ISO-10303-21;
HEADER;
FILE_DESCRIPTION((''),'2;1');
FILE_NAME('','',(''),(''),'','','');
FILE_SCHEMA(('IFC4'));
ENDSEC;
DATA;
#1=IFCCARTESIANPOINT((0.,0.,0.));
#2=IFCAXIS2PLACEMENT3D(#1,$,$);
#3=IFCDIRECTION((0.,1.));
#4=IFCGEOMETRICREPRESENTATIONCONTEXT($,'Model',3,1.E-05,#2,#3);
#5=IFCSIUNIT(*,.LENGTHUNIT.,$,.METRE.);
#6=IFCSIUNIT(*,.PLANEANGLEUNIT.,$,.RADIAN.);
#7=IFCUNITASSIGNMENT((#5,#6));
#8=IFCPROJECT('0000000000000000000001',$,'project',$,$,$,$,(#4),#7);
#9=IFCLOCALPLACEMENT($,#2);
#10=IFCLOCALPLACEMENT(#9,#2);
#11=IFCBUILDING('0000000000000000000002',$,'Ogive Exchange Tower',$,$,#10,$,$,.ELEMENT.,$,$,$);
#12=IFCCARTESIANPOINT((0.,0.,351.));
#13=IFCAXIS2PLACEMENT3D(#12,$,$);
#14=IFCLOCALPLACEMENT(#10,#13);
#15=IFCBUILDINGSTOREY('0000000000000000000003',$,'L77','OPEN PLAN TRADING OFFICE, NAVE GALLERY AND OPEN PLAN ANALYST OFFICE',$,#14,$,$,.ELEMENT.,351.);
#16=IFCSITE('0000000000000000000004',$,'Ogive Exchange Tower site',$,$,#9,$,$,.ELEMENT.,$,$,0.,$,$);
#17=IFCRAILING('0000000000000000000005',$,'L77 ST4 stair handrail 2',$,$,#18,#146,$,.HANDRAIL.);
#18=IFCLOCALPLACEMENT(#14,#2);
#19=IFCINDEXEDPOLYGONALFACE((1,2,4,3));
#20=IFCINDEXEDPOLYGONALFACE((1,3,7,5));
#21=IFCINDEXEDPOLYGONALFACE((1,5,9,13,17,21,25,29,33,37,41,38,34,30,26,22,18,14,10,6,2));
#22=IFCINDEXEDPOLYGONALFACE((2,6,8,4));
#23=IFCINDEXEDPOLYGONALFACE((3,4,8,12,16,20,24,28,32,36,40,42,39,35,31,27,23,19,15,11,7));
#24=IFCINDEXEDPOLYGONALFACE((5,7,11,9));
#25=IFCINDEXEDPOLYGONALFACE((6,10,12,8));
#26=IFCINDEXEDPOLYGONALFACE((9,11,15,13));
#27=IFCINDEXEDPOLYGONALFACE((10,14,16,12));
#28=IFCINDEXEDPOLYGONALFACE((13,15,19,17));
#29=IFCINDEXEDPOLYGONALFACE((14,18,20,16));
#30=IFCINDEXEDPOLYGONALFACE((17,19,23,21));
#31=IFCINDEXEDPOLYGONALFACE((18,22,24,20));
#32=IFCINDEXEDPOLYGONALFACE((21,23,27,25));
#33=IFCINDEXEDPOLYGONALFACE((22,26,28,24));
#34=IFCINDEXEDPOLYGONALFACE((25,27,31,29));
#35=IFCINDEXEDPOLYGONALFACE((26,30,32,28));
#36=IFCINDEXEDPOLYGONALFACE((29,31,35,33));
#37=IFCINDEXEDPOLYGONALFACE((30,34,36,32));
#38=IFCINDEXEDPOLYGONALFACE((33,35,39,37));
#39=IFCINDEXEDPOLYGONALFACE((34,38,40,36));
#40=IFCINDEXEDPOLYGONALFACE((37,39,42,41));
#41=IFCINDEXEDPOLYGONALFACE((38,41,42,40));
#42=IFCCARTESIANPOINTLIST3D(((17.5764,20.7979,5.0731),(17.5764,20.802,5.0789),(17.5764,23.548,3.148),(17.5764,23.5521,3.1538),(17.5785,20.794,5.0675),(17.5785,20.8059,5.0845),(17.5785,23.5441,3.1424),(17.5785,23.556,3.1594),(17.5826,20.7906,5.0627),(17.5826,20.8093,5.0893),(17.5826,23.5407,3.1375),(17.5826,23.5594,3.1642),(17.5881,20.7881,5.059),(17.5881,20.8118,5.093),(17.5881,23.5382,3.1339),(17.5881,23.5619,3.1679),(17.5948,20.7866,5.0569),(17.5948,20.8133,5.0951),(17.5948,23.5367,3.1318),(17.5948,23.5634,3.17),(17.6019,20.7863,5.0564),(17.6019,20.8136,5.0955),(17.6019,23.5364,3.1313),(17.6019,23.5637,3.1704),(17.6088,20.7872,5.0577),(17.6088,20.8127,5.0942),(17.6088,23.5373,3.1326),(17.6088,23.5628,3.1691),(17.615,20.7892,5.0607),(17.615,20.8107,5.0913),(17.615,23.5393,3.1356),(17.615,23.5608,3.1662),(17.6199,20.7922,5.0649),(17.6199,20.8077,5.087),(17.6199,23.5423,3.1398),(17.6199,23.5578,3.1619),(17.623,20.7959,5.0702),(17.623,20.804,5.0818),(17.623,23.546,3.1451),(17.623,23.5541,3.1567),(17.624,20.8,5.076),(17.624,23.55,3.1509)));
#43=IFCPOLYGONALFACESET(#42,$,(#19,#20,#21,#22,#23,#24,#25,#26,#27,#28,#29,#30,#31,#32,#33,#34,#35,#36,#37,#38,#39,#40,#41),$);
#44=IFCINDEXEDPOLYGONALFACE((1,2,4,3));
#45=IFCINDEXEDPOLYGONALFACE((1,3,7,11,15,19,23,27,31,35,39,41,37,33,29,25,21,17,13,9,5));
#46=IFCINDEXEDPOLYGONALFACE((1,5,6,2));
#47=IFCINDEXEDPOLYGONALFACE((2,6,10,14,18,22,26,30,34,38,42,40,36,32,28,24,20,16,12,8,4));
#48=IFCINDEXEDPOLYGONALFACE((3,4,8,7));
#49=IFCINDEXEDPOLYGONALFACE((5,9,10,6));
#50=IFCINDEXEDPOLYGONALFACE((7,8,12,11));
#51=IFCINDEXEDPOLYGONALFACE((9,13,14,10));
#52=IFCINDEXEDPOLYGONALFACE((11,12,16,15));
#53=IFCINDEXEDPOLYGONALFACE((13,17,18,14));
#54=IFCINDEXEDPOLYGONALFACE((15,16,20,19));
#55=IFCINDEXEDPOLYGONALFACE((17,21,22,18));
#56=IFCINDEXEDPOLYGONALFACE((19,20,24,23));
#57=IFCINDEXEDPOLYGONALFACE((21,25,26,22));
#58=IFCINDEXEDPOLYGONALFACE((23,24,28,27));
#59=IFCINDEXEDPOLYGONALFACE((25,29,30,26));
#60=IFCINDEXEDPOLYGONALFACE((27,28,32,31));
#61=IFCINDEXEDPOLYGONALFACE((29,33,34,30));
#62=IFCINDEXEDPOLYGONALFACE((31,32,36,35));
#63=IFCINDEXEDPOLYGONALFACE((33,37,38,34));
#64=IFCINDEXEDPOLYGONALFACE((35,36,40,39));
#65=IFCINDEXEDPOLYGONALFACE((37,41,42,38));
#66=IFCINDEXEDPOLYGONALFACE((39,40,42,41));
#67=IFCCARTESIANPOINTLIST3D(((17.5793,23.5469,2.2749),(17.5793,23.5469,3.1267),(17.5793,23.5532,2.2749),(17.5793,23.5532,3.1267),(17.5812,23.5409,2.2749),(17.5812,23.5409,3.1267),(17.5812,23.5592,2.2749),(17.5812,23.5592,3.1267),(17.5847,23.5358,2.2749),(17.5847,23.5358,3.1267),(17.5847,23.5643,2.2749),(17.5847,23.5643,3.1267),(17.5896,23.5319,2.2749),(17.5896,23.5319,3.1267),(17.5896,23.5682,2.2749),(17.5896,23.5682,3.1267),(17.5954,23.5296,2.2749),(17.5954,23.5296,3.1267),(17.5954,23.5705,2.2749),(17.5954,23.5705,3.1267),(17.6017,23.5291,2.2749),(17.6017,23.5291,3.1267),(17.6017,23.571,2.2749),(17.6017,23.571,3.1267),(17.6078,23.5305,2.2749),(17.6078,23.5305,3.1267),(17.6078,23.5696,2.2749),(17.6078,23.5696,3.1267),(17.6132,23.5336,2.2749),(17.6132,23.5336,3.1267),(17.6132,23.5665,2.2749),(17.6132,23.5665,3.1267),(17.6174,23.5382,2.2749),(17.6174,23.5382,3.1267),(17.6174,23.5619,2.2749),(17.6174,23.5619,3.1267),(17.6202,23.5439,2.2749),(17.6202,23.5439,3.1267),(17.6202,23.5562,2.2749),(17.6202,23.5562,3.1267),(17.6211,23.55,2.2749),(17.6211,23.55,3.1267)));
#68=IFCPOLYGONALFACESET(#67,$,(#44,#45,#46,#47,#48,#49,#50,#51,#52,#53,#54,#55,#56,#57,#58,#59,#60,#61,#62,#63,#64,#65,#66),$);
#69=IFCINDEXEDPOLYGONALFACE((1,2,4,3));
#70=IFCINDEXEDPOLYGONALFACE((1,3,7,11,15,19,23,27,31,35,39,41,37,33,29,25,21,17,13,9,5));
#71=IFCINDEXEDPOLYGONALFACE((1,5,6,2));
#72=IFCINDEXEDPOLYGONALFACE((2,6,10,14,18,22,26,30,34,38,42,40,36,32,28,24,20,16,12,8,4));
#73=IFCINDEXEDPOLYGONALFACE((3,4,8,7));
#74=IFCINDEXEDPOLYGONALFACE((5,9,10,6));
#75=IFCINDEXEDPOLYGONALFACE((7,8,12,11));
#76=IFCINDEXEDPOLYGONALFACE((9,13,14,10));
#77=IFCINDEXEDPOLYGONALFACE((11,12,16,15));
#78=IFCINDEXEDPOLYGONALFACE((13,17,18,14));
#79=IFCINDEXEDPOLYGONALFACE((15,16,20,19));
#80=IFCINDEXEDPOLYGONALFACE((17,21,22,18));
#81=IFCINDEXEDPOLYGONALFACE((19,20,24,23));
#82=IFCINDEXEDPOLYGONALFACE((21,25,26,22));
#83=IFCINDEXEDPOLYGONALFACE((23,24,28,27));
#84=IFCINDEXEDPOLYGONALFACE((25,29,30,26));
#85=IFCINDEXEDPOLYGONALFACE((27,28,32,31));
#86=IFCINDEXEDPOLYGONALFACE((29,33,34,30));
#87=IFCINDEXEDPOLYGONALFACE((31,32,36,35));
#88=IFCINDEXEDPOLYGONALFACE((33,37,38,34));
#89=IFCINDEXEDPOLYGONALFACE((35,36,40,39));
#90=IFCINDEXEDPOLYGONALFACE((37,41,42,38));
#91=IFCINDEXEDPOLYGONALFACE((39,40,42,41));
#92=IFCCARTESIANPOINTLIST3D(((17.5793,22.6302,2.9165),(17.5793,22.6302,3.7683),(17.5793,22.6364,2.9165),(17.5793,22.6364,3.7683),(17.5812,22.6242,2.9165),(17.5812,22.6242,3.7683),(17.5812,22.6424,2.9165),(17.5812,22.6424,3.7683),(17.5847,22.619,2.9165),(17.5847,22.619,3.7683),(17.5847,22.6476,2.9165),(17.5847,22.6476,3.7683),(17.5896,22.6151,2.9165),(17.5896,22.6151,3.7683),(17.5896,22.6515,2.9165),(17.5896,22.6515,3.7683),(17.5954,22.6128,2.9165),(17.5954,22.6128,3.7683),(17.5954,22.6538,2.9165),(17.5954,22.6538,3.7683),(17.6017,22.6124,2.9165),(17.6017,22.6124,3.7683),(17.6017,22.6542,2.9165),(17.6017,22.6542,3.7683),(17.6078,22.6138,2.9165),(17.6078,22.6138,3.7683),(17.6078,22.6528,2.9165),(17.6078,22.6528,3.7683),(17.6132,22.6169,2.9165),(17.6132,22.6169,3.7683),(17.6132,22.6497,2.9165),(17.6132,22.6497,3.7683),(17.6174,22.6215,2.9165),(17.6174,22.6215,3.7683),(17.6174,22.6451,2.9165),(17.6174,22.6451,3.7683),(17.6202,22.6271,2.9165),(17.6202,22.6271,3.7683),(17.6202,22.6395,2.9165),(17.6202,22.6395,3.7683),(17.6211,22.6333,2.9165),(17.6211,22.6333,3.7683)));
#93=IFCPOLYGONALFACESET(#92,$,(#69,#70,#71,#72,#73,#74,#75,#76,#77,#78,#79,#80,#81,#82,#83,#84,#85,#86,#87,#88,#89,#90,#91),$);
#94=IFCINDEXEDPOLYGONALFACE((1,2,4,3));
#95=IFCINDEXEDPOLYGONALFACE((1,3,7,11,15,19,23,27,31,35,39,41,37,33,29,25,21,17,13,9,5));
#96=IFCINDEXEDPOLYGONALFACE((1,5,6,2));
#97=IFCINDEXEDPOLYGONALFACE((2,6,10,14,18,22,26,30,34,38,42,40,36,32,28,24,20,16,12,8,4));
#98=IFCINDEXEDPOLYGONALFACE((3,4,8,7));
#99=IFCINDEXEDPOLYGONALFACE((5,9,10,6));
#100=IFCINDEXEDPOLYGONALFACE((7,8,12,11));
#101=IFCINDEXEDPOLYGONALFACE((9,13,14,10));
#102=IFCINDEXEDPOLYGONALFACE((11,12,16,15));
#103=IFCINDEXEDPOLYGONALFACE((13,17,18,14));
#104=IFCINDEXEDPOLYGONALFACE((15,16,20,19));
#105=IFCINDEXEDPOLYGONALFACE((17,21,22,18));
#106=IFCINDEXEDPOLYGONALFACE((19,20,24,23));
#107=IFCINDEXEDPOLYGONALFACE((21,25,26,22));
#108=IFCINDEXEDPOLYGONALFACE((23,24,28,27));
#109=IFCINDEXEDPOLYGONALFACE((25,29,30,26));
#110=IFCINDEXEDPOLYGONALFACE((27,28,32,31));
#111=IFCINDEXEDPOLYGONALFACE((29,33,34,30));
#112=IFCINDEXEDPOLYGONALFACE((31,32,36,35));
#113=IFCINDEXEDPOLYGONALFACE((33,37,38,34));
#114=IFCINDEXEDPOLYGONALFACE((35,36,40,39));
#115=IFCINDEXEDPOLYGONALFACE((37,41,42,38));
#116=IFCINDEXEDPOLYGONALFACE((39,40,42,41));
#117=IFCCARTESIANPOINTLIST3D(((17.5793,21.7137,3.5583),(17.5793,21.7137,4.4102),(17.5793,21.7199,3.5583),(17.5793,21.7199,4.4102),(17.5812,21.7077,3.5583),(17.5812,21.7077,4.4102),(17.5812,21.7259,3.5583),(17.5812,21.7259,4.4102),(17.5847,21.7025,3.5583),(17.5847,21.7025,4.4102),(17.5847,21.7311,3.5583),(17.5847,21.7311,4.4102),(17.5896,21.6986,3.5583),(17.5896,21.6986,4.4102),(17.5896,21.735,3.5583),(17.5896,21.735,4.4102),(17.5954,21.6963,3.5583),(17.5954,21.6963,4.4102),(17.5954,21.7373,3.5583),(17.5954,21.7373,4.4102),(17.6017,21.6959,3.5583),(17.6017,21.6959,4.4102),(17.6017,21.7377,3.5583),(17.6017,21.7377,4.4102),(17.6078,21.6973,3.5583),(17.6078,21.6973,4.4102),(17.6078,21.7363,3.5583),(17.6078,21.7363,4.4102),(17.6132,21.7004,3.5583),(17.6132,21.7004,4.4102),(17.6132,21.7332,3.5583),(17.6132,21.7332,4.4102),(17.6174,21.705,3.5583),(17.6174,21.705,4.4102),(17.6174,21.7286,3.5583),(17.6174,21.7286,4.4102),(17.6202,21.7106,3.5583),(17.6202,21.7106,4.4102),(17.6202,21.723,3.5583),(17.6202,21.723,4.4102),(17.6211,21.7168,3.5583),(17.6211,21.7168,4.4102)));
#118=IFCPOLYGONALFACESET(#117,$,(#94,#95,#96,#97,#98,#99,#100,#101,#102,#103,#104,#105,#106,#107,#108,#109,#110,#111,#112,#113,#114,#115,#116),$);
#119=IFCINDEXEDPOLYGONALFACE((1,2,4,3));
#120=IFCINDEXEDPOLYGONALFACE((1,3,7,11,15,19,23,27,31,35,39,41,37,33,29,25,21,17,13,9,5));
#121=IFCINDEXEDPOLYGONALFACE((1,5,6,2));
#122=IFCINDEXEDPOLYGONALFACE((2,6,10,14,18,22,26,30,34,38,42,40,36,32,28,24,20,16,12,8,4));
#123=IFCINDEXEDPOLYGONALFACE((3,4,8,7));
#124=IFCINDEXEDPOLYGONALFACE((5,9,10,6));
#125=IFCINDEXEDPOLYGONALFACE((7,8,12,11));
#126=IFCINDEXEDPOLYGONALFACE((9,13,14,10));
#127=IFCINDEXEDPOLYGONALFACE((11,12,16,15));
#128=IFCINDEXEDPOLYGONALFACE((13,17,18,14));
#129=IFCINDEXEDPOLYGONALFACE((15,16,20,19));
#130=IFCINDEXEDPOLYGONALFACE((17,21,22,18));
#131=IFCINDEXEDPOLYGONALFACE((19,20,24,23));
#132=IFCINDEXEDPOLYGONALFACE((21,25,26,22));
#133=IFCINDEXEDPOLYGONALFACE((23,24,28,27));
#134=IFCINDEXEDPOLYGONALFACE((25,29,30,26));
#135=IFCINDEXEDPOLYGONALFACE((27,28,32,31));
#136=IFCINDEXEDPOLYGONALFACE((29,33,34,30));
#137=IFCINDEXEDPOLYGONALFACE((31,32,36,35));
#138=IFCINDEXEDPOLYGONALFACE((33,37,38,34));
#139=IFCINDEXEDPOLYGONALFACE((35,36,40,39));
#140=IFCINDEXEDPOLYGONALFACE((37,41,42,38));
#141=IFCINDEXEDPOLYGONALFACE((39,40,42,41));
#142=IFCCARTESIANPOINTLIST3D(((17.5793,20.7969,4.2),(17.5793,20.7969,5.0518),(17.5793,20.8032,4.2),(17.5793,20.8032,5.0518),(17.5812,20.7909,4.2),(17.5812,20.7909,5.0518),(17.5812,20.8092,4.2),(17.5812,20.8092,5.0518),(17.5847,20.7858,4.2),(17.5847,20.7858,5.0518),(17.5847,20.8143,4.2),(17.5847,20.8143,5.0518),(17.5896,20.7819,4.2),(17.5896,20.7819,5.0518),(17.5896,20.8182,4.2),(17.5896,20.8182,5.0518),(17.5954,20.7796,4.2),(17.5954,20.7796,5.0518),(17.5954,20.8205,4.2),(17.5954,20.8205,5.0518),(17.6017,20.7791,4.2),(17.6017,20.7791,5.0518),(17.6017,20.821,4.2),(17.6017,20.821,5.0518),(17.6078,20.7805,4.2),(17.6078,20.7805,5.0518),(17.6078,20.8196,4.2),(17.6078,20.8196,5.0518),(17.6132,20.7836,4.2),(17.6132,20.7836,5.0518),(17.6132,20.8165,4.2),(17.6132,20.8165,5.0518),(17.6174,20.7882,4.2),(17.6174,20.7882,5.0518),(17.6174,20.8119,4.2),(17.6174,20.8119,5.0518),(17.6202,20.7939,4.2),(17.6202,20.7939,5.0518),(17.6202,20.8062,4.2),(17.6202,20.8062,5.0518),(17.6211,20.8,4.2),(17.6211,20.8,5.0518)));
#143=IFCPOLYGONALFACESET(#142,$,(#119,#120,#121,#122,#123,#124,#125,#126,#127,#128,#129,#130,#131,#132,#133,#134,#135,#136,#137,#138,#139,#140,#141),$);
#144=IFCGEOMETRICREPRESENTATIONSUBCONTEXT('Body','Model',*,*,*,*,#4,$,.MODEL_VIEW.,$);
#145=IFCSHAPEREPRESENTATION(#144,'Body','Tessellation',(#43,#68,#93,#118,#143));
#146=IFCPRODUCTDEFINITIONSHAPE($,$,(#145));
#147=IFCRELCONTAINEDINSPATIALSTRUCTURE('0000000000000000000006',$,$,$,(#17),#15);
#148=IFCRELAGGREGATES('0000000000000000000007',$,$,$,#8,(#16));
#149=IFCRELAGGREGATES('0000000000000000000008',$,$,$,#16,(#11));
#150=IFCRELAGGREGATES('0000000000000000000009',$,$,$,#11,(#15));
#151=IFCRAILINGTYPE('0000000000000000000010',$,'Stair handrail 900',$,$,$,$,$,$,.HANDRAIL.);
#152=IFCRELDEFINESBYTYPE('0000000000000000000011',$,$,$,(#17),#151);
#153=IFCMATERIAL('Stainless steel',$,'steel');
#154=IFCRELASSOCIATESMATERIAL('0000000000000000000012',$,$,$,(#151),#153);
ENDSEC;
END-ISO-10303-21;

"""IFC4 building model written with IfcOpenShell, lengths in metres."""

from ifc_helpers import new_model, si_unit, direction, frame, origin, origin_2d, place, context, subcontext, project, spatial, circle, extrude, material, type_object, element, save


model = new_model("IFC4")

# Units and contexts
model_context = context("Model", 3, precision=1e-05, world=origin(), true_north=direction((0.0, 1.0)))
body_context = subcontext(model_context, "Body", "Model", "MODEL_VIEW")
ifc_project = project(units=[si_unit("LENGTHUNIT", "METRE"), si_unit("PLANEANGLEUNIT", "RADIAN")], contexts=[model_context])

# Site, building, storey
site_placement = place(None, origin())
site = spatial("IfcSite", under=ifc_project, at=site_placement, Name="Ogive Exchange Tower site", CompositionType="ELEMENT", RefElevation=0.0)
building_placement = place(site_placement, origin())
building = spatial("IfcBuilding", under=site, at=building_placement, Name="Ogive Exchange Tower", CompositionType="ELEMENT")
storey_placement = place(building_placement, frame((0.0, 0.0, 351.0)))
storey = spatial("IfcBuildingStorey", under=building, at=storey_placement, Name="L77", Description="OPEN PLAN TRADING OFFICE, NAVE GALLERY AND OPEN PLAN ANALYST OFFICE", CompositionType="ELEMENT", Elevation=351.0)

# Railing
ifc_material_1 = material(Name="Stainless steel", Category="steel")
railing_type = type_object("IfcRailingType", Name="Stair handrail 900", PredefinedType="HANDRAIL", material=ifc_material_1)
railing_1_placement = place(storey_placement, frame((17.6001, 23.55, 2.2749)))
element("IfcRailing", 1, at=railing_1_placement, inside=storey, type_object=railing_type, Name="L77 ST4 stair handrail 2", PredefinedType="HANDRAIL", context=body_context, shape_type="SweptSolid", body=[
    extrude(circle(Radius=0.0239, at=origin_2d()), frame((0.0, 0.0, 0.876), z_axis=(0.0, -0.819225, 0.573472), x_axis=(1.0, 0.0, 0.0)), (0.0, 0.0, 1.0), 3.3569),
    extrude(circle(Radius=0.021, at=origin_2d()), origin(), (0.0, 0.0, 1.0), 0.8518),
    extrude(circle(Radius=0.021, at=origin_2d()), frame((0.0, -0.9167, 0.6416)), (0.0, 0.0, 1.0), 0.8518),
    extrude(circle(Radius=0.021, at=origin_2d()), frame((0.0, -1.8333, 1.2834)), (0.0, 0.0, 1.0), 0.8518),
    extrude(circle(Radius=0.021, at=origin_2d()), frame((0.0, -2.75, 1.925)), (0.0, 0.0, 1.0), 0.8518),
])

save(model, "model.ifc")
